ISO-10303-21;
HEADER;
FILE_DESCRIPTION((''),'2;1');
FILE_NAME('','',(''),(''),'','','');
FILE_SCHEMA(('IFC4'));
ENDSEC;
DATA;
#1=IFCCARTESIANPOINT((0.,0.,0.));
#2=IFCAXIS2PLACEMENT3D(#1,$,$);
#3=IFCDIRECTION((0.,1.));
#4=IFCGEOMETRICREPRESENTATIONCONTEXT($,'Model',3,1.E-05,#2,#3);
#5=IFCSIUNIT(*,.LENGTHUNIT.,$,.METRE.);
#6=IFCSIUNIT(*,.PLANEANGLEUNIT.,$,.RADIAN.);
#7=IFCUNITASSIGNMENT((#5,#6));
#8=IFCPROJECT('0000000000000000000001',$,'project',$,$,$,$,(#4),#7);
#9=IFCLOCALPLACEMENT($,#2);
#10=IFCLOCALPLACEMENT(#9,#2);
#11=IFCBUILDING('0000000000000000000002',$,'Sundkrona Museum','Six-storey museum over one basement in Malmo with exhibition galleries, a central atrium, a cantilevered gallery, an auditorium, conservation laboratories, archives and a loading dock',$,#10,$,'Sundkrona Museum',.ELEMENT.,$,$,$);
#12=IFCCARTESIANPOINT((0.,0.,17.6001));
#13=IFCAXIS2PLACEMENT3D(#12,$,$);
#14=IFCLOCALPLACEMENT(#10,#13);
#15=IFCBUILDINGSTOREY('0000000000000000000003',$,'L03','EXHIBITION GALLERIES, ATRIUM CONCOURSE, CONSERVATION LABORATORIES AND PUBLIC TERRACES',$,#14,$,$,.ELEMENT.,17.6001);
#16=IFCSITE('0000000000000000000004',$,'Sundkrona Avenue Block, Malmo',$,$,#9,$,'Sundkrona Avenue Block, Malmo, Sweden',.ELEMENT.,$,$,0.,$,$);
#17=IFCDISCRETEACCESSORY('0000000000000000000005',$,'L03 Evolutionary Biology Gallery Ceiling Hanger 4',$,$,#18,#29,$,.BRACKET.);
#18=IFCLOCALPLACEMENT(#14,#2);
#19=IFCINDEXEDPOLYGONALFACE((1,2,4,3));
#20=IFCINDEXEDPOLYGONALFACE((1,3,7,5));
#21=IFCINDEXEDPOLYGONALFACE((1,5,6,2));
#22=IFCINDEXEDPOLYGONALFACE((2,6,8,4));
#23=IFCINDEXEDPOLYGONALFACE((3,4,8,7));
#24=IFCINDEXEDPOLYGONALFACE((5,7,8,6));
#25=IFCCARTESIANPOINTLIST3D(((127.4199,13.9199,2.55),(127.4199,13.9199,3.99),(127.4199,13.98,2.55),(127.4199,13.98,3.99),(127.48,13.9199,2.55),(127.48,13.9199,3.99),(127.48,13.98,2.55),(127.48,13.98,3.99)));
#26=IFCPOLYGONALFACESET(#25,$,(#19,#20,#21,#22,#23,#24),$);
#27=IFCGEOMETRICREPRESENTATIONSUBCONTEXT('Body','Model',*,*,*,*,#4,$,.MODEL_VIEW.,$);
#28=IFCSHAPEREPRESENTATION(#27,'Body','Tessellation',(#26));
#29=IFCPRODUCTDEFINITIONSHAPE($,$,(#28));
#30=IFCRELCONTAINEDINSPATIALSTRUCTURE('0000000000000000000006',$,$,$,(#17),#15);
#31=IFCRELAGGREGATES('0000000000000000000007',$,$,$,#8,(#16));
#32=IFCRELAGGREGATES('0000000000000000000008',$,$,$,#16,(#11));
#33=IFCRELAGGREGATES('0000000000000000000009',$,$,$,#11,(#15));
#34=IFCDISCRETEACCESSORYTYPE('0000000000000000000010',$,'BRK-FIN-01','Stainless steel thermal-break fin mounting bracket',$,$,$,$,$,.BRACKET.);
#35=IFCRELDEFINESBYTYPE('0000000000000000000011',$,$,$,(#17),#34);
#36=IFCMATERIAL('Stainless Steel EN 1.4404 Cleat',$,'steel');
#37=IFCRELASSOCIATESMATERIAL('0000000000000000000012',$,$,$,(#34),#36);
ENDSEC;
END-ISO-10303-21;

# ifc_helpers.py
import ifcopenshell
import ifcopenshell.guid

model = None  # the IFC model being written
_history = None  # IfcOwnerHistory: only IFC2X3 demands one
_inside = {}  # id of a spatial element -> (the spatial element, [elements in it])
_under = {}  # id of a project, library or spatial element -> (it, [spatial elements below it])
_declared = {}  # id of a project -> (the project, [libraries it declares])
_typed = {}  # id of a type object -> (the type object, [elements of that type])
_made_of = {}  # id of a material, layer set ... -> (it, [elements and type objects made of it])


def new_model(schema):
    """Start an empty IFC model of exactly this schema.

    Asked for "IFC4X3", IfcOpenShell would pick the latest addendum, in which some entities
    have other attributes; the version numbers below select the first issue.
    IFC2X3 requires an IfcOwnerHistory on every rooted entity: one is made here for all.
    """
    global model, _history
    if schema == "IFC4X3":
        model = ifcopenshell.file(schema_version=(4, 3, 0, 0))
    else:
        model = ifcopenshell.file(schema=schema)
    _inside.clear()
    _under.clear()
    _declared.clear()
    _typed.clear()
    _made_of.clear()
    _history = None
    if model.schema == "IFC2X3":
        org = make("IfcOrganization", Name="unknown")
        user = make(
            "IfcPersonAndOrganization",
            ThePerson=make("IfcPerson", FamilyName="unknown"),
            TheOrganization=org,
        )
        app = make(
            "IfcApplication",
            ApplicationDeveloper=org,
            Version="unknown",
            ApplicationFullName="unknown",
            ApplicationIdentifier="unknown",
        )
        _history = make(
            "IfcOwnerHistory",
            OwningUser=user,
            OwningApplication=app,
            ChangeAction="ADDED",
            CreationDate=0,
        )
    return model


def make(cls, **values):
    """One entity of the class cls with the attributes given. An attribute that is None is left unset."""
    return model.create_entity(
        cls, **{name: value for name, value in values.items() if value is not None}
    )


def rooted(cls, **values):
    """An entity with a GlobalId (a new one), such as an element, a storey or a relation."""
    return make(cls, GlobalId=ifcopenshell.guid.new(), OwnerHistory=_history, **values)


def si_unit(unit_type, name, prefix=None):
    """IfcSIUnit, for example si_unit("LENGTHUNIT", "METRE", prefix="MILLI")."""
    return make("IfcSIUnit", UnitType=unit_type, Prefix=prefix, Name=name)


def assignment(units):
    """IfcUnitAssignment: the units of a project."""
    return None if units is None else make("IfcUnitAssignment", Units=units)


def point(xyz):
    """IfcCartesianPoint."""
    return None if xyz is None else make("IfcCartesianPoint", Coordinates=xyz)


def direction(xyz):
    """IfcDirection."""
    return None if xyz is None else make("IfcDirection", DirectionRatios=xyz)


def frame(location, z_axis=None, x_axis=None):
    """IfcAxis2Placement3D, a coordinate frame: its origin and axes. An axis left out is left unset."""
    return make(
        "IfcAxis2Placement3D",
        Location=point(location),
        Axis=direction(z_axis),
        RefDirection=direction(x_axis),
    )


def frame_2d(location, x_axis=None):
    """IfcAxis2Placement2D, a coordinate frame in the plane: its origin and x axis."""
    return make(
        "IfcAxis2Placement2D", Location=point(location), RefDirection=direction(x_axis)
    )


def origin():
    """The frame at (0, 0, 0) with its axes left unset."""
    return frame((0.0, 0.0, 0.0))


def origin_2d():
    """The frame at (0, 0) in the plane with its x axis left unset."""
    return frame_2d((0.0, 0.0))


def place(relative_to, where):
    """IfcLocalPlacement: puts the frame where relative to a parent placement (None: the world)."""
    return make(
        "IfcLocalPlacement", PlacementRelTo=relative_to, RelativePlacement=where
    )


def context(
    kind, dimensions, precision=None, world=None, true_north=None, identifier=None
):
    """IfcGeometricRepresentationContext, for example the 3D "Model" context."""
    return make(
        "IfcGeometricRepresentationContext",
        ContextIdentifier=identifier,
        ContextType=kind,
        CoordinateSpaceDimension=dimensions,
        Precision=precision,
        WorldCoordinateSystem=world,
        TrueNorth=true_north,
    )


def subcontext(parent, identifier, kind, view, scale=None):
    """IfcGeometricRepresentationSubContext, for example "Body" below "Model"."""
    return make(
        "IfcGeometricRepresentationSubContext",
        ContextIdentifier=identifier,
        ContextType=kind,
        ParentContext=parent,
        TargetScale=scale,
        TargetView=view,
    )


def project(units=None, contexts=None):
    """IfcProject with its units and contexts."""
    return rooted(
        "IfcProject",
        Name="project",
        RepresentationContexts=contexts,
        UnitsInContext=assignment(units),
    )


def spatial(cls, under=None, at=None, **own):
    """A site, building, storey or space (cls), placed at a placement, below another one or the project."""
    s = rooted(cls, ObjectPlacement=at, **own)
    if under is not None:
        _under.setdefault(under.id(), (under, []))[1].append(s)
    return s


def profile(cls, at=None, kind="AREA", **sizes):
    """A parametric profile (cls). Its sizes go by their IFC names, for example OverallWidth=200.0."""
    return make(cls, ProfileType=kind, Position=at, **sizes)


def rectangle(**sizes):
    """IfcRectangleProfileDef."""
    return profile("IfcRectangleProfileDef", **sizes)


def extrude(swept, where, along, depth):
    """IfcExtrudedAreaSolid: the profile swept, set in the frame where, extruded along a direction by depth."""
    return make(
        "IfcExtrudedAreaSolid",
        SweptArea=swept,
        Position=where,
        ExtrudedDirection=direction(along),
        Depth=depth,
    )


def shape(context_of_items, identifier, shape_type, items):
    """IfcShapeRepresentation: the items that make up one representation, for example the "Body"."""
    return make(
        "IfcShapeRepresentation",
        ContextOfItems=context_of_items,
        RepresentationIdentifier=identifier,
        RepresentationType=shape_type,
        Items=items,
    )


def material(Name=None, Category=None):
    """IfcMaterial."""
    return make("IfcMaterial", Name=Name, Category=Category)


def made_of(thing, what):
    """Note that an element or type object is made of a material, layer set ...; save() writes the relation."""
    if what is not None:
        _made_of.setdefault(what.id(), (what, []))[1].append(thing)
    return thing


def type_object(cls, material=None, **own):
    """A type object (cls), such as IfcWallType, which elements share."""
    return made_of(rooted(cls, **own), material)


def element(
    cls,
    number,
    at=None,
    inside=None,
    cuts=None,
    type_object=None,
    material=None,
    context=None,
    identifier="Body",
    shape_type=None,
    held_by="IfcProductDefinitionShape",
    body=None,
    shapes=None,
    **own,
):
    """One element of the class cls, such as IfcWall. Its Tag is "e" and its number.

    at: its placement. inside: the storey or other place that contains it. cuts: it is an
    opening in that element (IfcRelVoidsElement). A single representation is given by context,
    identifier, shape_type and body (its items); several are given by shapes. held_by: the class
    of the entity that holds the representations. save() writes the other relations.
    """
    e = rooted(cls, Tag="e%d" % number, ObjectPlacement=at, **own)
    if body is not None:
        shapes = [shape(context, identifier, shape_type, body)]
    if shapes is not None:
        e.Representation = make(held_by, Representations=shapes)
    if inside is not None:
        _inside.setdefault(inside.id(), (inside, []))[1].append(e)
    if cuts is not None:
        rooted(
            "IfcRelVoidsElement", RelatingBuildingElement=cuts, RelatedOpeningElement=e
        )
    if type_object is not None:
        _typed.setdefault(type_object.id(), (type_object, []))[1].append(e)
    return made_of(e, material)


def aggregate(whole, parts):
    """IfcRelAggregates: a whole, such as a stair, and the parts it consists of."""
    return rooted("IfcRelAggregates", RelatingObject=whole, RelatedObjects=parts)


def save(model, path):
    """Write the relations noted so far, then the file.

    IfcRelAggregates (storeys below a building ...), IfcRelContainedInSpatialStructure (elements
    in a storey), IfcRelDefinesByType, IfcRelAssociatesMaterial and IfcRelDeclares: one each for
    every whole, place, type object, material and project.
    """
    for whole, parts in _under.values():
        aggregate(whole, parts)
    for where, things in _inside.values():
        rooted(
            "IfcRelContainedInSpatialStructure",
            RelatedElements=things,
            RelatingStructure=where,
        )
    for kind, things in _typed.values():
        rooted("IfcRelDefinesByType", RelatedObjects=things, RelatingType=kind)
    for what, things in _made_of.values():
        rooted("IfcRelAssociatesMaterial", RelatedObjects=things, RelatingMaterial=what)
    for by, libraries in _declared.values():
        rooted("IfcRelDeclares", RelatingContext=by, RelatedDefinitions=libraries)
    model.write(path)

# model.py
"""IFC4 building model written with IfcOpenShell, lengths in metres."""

from ifc_helpers import new_model, si_unit, direction, frame, origin, origin_2d, place, context, subcontext, project, spatial, rectangle, extrude, material, type_object, element, save


model = new_model("IFC4")

# Units and contexts
model_context = context("Model", 3, precision=1e-05, world=origin(), true_north=direction((0.0, 1.0)))
body_context = subcontext(model_context, "Body", "Model", "MODEL_VIEW")
ifc_project = project(units=[si_unit("LENGTHUNIT", "METRE"), si_unit("PLANEANGLEUNIT", "RADIAN")], contexts=[model_context])

# Site, building, storey
site_placement = place(None, origin())
site = spatial("IfcSite", under=ifc_project, at=site_placement, Name="Sundkrona Avenue Block, Malmo", LongName="Sundkrona Avenue Block, Malmo, Sweden", CompositionType="ELEMENT", RefElevation=0.0)
building_placement = place(site_placement, origin())
building = spatial("IfcBuilding", under=site, at=building_placement, Name="Sundkrona Museum", Description="Six-storey museum over one basement in Malmo with exhibition galleries, a central atrium, a cantilevered gallery, an auditorium, conservation laboratories, archives and a loading dock", LongName="Sundkrona Museum", CompositionType="ELEMENT")
storey_placement = place(building_placement, frame((0.0, 0.0, 17.6001)))
storey = spatial("IfcBuildingStorey", under=building, at=storey_placement, Name="L03", Description="EXHIBITION GALLERIES, ATRIUM CONCOURSE, CONSERVATION LABORATORIES AND PUBLIC TERRACES", CompositionType="ELEMENT", Elevation=17.6001)

# Discrete accessory
ifc_material_1 = material(Name="Stainless Steel EN 1.4404 Cleat", Category="steel")
discrete_accessory_type = type_object("IfcDiscreteAccessoryType", Name="BRK-FIN-01", Description="Stainless steel thermal-break fin mounting bracket", PredefinedType="BRACKET", material=ifc_material_1)
for number, where, z_axis, x_axis, name in (
    (1, (127.45, 13.95, 2.55), (0.0, 0.0, 1.0), (1.0, 0.0, 0.0), "L03 Evolutionary Biology Gallery Ceiling Hanger 4"),
):
    element("IfcDiscreteAccessory", number, at=place(storey_placement, frame(where, z_axis=z_axis, x_axis=x_axis)), inside=storey, type_object=discrete_accessory_type, Name=name, PredefinedType="BRACKET", context=body_context, shape_type="SweptSolid", body=[
        extrude(rectangle(XDim=0.0601, YDim=0.0601, at=origin_2d()), origin(), (0.0, 0.0, 1.0), 1.4399),
    ])

save(model, "model.ifc")
